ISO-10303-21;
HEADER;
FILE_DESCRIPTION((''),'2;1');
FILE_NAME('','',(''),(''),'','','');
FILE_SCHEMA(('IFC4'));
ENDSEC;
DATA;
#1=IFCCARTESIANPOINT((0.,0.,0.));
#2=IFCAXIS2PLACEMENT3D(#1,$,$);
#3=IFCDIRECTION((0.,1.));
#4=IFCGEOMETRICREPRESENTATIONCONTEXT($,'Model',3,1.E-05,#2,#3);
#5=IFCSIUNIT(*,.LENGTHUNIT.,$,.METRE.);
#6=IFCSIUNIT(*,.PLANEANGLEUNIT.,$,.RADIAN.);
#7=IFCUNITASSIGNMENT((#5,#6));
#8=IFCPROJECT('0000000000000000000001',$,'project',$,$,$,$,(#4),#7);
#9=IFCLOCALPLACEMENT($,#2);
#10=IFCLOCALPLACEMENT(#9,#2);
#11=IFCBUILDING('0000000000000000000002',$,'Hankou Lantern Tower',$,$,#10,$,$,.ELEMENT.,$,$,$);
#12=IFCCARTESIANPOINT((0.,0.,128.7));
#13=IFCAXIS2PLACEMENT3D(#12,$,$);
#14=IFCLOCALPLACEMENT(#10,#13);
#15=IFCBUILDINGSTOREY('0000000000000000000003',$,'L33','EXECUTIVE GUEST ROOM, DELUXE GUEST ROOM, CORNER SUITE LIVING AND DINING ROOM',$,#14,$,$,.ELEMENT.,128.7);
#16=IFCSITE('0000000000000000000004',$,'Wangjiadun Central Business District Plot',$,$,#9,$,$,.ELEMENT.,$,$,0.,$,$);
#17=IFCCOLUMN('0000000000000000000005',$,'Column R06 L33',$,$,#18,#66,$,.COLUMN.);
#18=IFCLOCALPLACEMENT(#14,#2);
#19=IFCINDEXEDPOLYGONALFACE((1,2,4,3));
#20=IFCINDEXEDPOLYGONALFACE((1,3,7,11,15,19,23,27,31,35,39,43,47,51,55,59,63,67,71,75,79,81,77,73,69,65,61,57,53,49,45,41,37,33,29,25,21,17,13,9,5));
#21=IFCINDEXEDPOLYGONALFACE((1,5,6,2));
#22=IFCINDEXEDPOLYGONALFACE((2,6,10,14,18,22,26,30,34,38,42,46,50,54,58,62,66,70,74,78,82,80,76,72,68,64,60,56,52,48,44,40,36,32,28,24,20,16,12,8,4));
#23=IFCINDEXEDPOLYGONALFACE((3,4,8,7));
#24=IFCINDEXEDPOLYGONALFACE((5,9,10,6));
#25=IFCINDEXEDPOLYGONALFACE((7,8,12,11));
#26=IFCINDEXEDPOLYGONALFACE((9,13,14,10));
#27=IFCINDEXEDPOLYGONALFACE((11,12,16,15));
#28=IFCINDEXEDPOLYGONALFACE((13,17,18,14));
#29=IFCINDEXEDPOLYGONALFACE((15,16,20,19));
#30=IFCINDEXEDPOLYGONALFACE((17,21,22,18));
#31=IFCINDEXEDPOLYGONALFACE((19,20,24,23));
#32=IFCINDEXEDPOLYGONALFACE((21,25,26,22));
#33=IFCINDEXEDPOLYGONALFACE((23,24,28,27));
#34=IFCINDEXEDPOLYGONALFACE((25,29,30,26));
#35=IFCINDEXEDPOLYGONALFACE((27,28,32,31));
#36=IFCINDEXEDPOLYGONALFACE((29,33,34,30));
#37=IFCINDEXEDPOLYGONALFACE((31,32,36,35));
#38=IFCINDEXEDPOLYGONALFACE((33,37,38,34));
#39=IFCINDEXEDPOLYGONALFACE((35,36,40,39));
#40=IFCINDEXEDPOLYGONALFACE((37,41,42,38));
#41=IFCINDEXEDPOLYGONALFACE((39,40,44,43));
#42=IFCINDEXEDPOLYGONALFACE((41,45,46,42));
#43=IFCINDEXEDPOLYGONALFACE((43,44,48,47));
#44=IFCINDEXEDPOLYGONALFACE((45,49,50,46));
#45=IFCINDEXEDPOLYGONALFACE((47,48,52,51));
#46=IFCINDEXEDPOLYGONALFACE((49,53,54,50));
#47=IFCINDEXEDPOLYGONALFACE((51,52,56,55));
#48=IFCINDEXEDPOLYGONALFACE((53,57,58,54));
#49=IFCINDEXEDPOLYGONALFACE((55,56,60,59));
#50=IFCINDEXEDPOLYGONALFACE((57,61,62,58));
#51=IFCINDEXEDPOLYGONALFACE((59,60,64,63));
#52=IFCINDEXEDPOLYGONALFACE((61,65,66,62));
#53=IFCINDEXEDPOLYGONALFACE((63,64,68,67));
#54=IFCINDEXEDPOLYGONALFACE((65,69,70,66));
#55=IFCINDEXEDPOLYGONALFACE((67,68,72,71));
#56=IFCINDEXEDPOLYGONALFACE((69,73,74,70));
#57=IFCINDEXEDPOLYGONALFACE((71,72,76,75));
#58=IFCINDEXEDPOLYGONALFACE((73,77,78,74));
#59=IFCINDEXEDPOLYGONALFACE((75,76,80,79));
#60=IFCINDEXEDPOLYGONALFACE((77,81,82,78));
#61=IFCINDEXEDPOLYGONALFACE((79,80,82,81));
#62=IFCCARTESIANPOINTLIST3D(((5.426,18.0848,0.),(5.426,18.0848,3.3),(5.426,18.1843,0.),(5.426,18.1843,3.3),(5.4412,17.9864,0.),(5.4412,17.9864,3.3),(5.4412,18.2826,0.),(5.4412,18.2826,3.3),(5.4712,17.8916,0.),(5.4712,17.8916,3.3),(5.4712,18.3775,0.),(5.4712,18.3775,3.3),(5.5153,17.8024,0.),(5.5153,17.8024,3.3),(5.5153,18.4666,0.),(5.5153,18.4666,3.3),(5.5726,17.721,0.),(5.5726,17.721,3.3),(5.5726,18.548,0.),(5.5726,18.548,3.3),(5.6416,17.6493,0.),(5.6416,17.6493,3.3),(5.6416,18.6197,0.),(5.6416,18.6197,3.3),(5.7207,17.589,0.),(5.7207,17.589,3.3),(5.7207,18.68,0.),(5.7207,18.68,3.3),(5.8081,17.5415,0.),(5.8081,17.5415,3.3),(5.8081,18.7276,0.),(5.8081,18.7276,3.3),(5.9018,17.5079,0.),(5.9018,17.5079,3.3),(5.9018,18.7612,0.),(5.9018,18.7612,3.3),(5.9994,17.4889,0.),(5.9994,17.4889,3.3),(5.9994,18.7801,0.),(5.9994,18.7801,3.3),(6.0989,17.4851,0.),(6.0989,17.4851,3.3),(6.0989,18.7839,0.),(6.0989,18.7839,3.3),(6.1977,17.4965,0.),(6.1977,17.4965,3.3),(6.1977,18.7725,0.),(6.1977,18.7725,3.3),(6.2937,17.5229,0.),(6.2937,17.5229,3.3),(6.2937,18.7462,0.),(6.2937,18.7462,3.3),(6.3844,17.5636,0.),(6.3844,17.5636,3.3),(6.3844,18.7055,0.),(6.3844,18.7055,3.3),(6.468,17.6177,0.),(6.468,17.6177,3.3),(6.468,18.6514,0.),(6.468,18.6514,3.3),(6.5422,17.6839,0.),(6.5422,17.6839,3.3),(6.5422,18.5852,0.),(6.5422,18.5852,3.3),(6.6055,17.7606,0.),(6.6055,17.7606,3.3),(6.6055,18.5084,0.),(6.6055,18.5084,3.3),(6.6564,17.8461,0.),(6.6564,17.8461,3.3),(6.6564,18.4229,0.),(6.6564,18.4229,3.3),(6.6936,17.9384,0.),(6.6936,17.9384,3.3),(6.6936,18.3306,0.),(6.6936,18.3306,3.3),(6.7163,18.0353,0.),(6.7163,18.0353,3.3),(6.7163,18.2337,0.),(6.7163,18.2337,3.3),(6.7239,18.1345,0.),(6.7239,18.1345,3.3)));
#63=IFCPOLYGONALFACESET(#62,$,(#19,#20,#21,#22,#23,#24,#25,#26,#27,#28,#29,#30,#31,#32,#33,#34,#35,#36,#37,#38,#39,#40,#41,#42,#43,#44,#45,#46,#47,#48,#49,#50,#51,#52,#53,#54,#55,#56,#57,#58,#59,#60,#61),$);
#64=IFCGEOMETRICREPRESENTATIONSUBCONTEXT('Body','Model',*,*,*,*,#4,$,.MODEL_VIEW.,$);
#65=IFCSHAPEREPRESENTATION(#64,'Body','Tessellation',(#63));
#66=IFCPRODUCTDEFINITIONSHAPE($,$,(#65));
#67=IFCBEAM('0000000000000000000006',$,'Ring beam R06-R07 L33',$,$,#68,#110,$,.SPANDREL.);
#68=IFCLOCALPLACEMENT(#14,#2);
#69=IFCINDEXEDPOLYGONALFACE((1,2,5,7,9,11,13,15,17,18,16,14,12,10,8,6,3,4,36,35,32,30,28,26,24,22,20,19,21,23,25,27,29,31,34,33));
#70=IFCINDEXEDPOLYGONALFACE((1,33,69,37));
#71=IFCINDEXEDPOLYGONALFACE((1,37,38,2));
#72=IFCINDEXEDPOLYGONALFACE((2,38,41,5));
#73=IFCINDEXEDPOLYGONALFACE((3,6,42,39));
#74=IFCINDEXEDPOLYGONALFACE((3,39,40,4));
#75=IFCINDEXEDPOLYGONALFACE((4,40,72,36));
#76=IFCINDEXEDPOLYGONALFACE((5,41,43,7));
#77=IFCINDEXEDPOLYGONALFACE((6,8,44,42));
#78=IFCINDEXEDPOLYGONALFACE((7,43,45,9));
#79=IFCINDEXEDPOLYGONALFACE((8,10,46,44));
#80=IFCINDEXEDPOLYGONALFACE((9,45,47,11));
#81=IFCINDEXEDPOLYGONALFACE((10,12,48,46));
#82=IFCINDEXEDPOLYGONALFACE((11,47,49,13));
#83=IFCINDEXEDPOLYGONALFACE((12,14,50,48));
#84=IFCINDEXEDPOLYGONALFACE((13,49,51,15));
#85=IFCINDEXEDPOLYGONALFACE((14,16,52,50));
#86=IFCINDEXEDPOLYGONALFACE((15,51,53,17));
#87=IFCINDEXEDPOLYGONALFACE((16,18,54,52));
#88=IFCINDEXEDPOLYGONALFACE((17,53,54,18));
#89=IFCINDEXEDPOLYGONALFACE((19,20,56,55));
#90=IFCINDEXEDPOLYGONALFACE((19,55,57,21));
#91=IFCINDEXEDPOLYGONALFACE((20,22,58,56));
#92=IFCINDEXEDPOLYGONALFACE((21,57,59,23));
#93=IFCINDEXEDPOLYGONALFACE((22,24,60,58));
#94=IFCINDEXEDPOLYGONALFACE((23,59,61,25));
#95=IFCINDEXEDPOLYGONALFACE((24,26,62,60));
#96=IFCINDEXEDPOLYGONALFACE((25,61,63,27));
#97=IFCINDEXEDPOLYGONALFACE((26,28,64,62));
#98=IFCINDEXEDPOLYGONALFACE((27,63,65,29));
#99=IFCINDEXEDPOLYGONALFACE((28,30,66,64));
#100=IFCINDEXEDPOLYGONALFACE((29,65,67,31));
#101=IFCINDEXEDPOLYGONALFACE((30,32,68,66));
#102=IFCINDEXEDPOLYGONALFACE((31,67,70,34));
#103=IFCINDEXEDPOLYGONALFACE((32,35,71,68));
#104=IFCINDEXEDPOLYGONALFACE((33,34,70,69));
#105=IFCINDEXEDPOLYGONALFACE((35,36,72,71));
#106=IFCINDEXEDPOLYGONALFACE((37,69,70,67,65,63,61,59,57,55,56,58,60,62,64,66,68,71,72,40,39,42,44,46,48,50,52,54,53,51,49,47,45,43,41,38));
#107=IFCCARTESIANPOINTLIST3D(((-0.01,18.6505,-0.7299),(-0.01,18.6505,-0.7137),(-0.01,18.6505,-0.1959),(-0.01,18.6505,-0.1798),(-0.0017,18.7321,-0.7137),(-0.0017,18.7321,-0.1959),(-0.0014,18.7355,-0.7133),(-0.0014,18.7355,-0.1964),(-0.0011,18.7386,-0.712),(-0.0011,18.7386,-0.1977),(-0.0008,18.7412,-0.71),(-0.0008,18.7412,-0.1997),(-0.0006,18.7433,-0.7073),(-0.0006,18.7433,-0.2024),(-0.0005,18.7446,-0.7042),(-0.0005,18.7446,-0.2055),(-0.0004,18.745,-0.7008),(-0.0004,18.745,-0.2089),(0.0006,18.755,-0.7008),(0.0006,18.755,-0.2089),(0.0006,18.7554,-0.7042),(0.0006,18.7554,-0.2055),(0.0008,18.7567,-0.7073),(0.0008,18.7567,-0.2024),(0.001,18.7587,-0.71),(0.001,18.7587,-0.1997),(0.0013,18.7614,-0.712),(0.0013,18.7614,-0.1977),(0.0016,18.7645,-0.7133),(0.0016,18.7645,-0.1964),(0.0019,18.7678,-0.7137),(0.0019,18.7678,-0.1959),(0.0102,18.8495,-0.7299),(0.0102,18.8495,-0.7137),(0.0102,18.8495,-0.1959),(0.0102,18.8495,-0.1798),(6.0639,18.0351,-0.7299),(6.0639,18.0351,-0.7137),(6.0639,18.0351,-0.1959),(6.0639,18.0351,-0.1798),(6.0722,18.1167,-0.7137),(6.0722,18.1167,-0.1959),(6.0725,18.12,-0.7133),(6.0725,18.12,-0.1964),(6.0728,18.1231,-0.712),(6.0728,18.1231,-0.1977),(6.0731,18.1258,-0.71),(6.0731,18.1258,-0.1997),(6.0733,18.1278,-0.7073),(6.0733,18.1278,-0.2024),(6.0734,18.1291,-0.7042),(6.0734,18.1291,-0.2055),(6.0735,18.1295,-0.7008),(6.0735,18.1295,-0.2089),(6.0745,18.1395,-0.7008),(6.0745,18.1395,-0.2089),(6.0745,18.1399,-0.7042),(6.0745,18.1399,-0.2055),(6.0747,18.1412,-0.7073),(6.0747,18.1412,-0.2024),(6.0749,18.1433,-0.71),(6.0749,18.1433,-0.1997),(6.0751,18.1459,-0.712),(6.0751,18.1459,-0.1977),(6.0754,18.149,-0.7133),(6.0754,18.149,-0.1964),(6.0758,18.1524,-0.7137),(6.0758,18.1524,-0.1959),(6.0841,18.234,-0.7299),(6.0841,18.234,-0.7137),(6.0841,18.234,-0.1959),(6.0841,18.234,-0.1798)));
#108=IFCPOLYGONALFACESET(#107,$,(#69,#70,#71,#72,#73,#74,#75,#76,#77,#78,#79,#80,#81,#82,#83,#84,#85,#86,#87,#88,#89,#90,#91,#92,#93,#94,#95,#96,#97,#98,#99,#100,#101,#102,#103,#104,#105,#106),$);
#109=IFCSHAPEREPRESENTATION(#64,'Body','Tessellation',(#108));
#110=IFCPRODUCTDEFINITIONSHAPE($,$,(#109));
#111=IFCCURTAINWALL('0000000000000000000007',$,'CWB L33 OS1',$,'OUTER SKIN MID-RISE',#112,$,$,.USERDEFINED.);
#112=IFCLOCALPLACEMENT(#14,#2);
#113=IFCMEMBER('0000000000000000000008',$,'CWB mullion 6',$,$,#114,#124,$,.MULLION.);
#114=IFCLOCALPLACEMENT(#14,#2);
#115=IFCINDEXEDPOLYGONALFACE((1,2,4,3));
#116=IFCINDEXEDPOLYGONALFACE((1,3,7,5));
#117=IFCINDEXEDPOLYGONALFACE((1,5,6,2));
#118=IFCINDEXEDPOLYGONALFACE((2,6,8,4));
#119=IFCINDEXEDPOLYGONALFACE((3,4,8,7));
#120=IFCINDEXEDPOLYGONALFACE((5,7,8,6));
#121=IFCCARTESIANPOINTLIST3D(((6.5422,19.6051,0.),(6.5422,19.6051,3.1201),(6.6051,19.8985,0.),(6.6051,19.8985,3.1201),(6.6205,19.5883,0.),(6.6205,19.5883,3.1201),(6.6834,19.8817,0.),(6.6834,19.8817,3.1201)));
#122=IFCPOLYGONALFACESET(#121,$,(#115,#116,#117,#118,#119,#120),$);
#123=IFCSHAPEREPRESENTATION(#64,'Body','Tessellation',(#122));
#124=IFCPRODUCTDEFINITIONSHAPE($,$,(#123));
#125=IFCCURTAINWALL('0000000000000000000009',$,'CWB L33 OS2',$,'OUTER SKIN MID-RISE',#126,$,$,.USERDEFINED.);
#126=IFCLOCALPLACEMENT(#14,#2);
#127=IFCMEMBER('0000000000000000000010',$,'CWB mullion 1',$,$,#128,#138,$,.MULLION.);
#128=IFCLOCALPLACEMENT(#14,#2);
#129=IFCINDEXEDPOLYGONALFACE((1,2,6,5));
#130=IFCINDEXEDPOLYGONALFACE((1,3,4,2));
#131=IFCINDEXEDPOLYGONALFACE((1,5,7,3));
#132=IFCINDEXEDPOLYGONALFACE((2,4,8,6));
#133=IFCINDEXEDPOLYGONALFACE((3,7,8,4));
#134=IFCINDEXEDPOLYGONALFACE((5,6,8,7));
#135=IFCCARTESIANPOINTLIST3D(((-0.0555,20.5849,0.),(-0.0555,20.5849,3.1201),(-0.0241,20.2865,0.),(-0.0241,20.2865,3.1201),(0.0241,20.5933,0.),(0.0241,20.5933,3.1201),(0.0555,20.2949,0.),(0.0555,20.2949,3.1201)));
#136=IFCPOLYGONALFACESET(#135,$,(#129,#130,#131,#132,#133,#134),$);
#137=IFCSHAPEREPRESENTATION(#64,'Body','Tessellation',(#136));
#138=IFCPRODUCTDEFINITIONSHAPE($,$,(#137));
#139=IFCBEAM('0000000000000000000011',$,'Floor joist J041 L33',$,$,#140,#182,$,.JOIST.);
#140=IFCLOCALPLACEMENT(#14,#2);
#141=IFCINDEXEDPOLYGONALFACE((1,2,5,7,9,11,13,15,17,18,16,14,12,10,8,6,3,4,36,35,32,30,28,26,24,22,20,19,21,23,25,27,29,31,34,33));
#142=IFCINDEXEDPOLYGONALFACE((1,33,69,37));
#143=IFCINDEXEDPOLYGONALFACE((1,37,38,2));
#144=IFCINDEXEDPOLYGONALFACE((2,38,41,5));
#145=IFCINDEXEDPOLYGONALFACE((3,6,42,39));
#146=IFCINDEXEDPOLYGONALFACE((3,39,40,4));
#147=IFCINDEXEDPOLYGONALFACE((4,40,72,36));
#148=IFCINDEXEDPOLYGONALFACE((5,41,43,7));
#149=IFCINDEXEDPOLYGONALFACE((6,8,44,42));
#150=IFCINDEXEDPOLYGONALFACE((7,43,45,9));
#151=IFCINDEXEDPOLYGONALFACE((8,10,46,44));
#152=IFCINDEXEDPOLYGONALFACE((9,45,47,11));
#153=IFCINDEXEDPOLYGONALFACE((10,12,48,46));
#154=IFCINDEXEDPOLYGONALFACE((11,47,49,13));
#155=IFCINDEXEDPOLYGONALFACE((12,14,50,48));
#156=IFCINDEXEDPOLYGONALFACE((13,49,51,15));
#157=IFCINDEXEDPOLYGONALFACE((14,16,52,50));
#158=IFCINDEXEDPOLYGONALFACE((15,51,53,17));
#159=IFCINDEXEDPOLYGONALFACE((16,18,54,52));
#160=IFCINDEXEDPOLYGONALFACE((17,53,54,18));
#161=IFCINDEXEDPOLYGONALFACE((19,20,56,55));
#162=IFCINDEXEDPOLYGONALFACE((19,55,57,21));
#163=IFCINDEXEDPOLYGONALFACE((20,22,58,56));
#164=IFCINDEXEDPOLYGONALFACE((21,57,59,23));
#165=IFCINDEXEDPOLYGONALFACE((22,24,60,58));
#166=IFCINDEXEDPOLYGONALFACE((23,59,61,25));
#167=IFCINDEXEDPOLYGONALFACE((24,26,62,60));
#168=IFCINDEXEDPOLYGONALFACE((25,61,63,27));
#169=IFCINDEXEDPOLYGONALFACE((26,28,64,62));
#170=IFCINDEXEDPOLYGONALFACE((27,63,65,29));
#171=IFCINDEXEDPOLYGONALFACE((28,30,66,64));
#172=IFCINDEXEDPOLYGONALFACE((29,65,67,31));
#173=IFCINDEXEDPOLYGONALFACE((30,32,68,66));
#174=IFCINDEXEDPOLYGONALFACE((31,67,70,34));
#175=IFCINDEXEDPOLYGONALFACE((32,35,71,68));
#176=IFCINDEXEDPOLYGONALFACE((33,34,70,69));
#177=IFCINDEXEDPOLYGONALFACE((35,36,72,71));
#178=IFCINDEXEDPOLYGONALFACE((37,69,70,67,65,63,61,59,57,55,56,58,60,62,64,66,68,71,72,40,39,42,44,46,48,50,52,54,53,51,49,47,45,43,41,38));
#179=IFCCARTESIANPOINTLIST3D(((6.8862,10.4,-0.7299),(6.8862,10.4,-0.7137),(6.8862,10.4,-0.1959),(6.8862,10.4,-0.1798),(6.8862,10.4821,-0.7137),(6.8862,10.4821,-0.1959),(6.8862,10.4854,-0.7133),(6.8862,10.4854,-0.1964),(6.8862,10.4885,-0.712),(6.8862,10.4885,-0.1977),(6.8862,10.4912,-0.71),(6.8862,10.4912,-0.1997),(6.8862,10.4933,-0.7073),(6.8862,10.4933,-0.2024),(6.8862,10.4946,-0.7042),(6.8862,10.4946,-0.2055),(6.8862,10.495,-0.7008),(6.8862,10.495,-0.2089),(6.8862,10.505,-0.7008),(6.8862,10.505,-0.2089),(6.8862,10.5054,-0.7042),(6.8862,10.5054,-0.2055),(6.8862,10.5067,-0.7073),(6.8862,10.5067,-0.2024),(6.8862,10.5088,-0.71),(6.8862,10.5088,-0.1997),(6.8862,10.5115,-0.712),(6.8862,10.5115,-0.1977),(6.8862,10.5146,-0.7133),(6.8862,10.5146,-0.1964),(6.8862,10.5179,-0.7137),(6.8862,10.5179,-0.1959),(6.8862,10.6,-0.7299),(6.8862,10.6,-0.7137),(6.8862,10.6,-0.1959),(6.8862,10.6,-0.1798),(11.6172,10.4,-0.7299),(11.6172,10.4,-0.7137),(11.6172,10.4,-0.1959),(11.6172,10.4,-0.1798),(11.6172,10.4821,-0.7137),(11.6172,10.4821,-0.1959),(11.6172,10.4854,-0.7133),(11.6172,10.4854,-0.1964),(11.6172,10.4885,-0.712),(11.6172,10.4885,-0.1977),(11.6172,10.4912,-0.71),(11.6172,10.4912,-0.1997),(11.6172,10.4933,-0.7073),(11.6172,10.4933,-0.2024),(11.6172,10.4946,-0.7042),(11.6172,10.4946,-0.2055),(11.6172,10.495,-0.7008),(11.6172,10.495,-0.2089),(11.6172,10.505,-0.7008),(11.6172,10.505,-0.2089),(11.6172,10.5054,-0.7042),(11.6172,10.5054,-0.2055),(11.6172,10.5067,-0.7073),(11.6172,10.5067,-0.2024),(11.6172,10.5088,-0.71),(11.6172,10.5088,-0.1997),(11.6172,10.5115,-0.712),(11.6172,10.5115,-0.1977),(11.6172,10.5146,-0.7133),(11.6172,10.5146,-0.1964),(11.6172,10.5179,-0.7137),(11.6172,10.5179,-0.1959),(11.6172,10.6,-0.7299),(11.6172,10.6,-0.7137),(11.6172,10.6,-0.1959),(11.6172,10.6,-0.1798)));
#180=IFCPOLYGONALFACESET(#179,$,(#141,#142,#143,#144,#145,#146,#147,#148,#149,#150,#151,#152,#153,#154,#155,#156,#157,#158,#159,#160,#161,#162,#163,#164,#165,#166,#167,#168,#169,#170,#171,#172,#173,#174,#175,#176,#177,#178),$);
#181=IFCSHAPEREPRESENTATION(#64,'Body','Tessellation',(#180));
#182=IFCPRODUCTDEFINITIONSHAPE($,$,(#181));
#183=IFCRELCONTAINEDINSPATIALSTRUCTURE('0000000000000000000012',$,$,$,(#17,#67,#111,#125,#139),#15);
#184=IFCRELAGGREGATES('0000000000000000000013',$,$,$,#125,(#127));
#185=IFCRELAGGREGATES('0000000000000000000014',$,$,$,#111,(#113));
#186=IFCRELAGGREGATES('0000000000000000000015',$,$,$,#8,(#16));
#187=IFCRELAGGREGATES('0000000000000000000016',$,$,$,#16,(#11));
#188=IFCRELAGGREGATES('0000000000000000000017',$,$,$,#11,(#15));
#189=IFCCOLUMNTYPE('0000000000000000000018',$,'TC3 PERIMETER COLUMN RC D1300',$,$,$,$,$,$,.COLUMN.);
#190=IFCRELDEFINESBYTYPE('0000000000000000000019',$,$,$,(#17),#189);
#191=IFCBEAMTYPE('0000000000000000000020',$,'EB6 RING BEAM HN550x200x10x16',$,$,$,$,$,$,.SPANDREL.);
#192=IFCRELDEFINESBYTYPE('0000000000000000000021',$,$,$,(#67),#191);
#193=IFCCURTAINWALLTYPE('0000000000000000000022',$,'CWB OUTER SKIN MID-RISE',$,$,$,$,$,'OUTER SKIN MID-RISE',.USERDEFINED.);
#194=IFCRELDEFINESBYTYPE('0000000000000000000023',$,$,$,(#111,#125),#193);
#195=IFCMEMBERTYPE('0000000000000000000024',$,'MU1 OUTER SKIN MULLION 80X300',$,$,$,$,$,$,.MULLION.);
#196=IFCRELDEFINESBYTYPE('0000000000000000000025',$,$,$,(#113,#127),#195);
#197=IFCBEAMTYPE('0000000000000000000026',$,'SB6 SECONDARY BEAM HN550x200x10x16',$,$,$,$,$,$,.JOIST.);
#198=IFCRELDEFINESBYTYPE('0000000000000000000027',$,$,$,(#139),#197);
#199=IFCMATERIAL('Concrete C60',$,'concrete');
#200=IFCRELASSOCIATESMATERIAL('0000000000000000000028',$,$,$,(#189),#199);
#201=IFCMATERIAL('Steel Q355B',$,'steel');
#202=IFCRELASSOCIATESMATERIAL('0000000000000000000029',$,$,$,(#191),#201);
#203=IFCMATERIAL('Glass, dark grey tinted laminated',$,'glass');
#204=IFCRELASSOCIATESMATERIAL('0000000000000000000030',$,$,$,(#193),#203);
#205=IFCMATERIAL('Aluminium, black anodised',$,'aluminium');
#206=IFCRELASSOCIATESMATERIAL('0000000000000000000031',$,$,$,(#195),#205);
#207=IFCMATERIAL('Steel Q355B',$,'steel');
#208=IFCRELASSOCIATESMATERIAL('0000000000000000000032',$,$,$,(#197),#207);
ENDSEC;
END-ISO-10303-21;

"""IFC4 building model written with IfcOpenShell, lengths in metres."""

from ifc_helpers import new_model, si_unit, direction, frame, origin, origin_2d, place, context, subcontext, project, spatial, rectangle, circle, i_section, extrude, material, material_profile, profile_set, type_object, element, aggregate, save


model = new_model("IFC4")

# Units and contexts
model_context = context("Model", 3, precision=1e-05, world=origin(), true_north=direction((0.0, 1.0)))
body_context = subcontext(model_context, "Body", "Model", "MODEL_VIEW")
ifc_project = project(units=[si_unit("LENGTHUNIT", "METRE"), si_unit("PLANEANGLEUNIT", "RADIAN")], contexts=[model_context])

# Site, building, storey
site_placement = place(None, origin())
site = spatial("IfcSite", under=ifc_project, at=site_placement, Name="Wangjiadun Central Business District Plot", CompositionType="ELEMENT", RefElevation=0.0)
building_placement = place(site_placement, origin())
building = spatial("IfcBuilding", under=site, at=building_placement, Name="Hankou Lantern Tower", CompositionType="ELEMENT")
storey_placement = place(building_placement, frame((0.0, 0.0, 128.7)))
storey = spatial("IfcBuildingStorey", under=building, at=storey_placement, Name="L33", Description="EXECUTIVE GUEST ROOM, DELUXE GUEST ROOM, CORNER SUITE LIVING AND DINING ROOM", CompositionType="ELEMENT", Elevation=128.7)

# Column
ifc_material_1 = material(Name="Concrete C60", Category="concrete")
ifc_material_profile_1 = material_profile(ifc_material_1, circle(Radius=0.6499, at=origin_2d()), Name="RC D1300")
ifc_profile_set_1 = profile_set([ifc_material_profile_1], Name="Concrete C60")
column_type = type_object("IfcColumnType", Name="TC3 PERIMETER COLUMN RC D1300", PredefinedType="COLUMN", material=ifc_profile_set_1)
column_placement = place(storey_placement, frame((6.074, 18.1345, 0.0), z_axis=(0.0, 0.0, 1.0), x_axis=(1.0, 0.0, 0.0)))
element("IfcColumn", 1, at=column_placement, inside=storey, type_object=column_type, Name="Column R06 L33", PredefinedType="COLUMN", context=body_context, shape_type="SweptSolid", body=[
    extrude(circle(Radius=0.6499, at=origin_2d()), origin(), (0.0, 0.0, 1.0), 3.3),
])

# Beam
ifc_material_2 = material(Name="Steel Q355B", Category="steel")
ifc_material_profile_2 = material_profile(ifc_material_2, i_section(OverallWidth=0.2, OverallDepth=0.55, WebThickness=0.01, FlangeThickness=0.0161, FilletRadius=0.0129, at=origin_2d()), Name="HN550x200x10x16")
ifc_profile_set_2 = profile_set([ifc_material_profile_2], Name="Steel Q355B")
beam_type_1 = type_object("IfcBeamType", Name="EB6 RING BEAM HN550x200x10x16", PredefinedType="SPANDREL", material=ifc_profile_set_2)
beam_1_placement = place(storey_placement, frame((6.074, 18.1345, -0.4548), z_axis=(-0.994905, 0.100814, 0.0), x_axis=(-0.100814, -0.994905, 0.0)))
element("IfcBeam", 2, at=beam_1_placement, inside=storey, type_object=beam_type_1, Name="Ring beam R06-R07 L33", PredefinedType="SPANDREL", context=body_context, shape_type="SweptSolid", body=[
    extrude(i_section(OverallWidth=0.2, OverallDepth=0.55, WebThickness=0.01, FlangeThickness=0.0161, FilletRadius=0.0129, at=origin_2d()), origin(), (0.0, 0.0, 1.0), 6.105),
])

# Curtain walls, members
ifc_material_3 = material(Name="Glass, dark grey tinted laminated", Category="glass")
curtain_wall_type = type_object("IfcCurtainWallType", Name="CWB OUTER SKIN MID-RISE", ElementType="OUTER SKIN MID-RISE", PredefinedType="USERDEFINED", material=ifc_material_3)
curtain_wall_1_placement = place(storey_placement, origin())
curtain_wall_1 = element("IfcCurtainWall", 3, at=curtain_wall_1_placement, inside=storey, type_object=curtain_wall_type, Name="CWB L33 OS1", ObjectType="OUTER SKIN MID-RISE", PredefinedType="USERDEFINED")
ifc_material_4 = material(Name="Aluminium, black anodised", Category="aluminium")
ifc_material_profile_3 = material_profile(ifc_material_4, rectangle(XDim=0.0801, YDim=0.3, at=origin_2d()), Name="MU1 80X300")
ifc_profile_set_3 = profile_set([ifc_material_profile_3], Name="Aluminium, black anodised")
member_type_1 = type_object("IfcMemberType", Name="MU1 OUTER SKIN MULLION 80X300", PredefinedType="MULLION", material=ifc_profile_set_3)
member_1_placement = place(storey_placement, frame((6.6128, 19.7434, 0.0), z_axis=(0.0, 0.0, 1.0), x_axis=(-0.977788, 0.209598, 0.0)))
member_1 = element("IfcMember", 4, at=member_1_placement, type_object=member_type_1, Name="CWB mullion 6", PredefinedType="MULLION", context=body_context, shape_type="SweptSolid", body=[
    extrude(rectangle(XDim=0.0801, YDim=0.3, at=origin_2d()), origin(), (0.0, 0.0, 1.0), 3.1201),
])
curtain_wall_2_placement = place(storey_placement, origin())
curtain_wall_2 = element("IfcCurtainWall", 5, at=curtain_wall_2_placement, inside=storey, type_object=curtain_wall_type, Name="CWB L33 OS2", ObjectType="OUTER SKIN MID-RISE", PredefinedType="USERDEFINED")
member_2_placement = place(storey_placement, frame((0.0, 20.4399, 0.0), z_axis=(0.0, 0.0, 1.0), x_axis=(-0.994499, -0.104743, 0.0)))
member_2 = element("IfcMember", 6, at=member_2_placement, type_object=member_type_1, Name="CWB mullion 1", PredefinedType="MULLION", context=body_context, shape_type="SweptSolid", body=[
    extrude(rectangle(XDim=0.0801, YDim=0.3, at=origin_2d()), origin(), (0.0, 0.0, 1.0), 3.1201),
])
aggregate(curtain_wall_2, [member_2])

# Beam
ifc_material_5 = material(Name="Steel Q355B", Category="steel")
ifc_material_profile_4 = material_profile(ifc_material_5, i_section(OverallWidth=0.2, OverallDepth=0.55, WebThickness=0.01, FlangeThickness=0.0161, FilletRadius=0.0129, at=origin_2d()), Name="HN550x200x10x16")
ifc_profile_set_4 = profile_set([ifc_material_profile_4], Name="Steel Q355B")
beam_type_2 = type_object("IfcBeamType", Name="SB6 SECONDARY BEAM HN550x200x10x16", PredefinedType="JOIST", material=ifc_profile_set_4)
beam_2_placement = place(storey_placement, frame((6.8862, 10.5, -0.4548), z_axis=(1.0, 0.0, 0.0), x_axis=(0.0, 1.0, 0.0)))
element("IfcBeam", 7, at=beam_2_placement, inside=storey, type_object=beam_type_2, Name="Floor joist J041 L33", PredefinedType="JOIST", context=body_context, shape_type="SweptSolid", body=[
    extrude(i_section(OverallWidth=0.2, OverallDepth=0.55, WebThickness=0.01, FlangeThickness=0.0161, FilletRadius=0.0129, at=origin_2d()), origin(), (0.0, 0.0, 1.0), 4.731),
])

aggregate(curtain_wall_1, [member_1])

save(model, "model.ifc")
